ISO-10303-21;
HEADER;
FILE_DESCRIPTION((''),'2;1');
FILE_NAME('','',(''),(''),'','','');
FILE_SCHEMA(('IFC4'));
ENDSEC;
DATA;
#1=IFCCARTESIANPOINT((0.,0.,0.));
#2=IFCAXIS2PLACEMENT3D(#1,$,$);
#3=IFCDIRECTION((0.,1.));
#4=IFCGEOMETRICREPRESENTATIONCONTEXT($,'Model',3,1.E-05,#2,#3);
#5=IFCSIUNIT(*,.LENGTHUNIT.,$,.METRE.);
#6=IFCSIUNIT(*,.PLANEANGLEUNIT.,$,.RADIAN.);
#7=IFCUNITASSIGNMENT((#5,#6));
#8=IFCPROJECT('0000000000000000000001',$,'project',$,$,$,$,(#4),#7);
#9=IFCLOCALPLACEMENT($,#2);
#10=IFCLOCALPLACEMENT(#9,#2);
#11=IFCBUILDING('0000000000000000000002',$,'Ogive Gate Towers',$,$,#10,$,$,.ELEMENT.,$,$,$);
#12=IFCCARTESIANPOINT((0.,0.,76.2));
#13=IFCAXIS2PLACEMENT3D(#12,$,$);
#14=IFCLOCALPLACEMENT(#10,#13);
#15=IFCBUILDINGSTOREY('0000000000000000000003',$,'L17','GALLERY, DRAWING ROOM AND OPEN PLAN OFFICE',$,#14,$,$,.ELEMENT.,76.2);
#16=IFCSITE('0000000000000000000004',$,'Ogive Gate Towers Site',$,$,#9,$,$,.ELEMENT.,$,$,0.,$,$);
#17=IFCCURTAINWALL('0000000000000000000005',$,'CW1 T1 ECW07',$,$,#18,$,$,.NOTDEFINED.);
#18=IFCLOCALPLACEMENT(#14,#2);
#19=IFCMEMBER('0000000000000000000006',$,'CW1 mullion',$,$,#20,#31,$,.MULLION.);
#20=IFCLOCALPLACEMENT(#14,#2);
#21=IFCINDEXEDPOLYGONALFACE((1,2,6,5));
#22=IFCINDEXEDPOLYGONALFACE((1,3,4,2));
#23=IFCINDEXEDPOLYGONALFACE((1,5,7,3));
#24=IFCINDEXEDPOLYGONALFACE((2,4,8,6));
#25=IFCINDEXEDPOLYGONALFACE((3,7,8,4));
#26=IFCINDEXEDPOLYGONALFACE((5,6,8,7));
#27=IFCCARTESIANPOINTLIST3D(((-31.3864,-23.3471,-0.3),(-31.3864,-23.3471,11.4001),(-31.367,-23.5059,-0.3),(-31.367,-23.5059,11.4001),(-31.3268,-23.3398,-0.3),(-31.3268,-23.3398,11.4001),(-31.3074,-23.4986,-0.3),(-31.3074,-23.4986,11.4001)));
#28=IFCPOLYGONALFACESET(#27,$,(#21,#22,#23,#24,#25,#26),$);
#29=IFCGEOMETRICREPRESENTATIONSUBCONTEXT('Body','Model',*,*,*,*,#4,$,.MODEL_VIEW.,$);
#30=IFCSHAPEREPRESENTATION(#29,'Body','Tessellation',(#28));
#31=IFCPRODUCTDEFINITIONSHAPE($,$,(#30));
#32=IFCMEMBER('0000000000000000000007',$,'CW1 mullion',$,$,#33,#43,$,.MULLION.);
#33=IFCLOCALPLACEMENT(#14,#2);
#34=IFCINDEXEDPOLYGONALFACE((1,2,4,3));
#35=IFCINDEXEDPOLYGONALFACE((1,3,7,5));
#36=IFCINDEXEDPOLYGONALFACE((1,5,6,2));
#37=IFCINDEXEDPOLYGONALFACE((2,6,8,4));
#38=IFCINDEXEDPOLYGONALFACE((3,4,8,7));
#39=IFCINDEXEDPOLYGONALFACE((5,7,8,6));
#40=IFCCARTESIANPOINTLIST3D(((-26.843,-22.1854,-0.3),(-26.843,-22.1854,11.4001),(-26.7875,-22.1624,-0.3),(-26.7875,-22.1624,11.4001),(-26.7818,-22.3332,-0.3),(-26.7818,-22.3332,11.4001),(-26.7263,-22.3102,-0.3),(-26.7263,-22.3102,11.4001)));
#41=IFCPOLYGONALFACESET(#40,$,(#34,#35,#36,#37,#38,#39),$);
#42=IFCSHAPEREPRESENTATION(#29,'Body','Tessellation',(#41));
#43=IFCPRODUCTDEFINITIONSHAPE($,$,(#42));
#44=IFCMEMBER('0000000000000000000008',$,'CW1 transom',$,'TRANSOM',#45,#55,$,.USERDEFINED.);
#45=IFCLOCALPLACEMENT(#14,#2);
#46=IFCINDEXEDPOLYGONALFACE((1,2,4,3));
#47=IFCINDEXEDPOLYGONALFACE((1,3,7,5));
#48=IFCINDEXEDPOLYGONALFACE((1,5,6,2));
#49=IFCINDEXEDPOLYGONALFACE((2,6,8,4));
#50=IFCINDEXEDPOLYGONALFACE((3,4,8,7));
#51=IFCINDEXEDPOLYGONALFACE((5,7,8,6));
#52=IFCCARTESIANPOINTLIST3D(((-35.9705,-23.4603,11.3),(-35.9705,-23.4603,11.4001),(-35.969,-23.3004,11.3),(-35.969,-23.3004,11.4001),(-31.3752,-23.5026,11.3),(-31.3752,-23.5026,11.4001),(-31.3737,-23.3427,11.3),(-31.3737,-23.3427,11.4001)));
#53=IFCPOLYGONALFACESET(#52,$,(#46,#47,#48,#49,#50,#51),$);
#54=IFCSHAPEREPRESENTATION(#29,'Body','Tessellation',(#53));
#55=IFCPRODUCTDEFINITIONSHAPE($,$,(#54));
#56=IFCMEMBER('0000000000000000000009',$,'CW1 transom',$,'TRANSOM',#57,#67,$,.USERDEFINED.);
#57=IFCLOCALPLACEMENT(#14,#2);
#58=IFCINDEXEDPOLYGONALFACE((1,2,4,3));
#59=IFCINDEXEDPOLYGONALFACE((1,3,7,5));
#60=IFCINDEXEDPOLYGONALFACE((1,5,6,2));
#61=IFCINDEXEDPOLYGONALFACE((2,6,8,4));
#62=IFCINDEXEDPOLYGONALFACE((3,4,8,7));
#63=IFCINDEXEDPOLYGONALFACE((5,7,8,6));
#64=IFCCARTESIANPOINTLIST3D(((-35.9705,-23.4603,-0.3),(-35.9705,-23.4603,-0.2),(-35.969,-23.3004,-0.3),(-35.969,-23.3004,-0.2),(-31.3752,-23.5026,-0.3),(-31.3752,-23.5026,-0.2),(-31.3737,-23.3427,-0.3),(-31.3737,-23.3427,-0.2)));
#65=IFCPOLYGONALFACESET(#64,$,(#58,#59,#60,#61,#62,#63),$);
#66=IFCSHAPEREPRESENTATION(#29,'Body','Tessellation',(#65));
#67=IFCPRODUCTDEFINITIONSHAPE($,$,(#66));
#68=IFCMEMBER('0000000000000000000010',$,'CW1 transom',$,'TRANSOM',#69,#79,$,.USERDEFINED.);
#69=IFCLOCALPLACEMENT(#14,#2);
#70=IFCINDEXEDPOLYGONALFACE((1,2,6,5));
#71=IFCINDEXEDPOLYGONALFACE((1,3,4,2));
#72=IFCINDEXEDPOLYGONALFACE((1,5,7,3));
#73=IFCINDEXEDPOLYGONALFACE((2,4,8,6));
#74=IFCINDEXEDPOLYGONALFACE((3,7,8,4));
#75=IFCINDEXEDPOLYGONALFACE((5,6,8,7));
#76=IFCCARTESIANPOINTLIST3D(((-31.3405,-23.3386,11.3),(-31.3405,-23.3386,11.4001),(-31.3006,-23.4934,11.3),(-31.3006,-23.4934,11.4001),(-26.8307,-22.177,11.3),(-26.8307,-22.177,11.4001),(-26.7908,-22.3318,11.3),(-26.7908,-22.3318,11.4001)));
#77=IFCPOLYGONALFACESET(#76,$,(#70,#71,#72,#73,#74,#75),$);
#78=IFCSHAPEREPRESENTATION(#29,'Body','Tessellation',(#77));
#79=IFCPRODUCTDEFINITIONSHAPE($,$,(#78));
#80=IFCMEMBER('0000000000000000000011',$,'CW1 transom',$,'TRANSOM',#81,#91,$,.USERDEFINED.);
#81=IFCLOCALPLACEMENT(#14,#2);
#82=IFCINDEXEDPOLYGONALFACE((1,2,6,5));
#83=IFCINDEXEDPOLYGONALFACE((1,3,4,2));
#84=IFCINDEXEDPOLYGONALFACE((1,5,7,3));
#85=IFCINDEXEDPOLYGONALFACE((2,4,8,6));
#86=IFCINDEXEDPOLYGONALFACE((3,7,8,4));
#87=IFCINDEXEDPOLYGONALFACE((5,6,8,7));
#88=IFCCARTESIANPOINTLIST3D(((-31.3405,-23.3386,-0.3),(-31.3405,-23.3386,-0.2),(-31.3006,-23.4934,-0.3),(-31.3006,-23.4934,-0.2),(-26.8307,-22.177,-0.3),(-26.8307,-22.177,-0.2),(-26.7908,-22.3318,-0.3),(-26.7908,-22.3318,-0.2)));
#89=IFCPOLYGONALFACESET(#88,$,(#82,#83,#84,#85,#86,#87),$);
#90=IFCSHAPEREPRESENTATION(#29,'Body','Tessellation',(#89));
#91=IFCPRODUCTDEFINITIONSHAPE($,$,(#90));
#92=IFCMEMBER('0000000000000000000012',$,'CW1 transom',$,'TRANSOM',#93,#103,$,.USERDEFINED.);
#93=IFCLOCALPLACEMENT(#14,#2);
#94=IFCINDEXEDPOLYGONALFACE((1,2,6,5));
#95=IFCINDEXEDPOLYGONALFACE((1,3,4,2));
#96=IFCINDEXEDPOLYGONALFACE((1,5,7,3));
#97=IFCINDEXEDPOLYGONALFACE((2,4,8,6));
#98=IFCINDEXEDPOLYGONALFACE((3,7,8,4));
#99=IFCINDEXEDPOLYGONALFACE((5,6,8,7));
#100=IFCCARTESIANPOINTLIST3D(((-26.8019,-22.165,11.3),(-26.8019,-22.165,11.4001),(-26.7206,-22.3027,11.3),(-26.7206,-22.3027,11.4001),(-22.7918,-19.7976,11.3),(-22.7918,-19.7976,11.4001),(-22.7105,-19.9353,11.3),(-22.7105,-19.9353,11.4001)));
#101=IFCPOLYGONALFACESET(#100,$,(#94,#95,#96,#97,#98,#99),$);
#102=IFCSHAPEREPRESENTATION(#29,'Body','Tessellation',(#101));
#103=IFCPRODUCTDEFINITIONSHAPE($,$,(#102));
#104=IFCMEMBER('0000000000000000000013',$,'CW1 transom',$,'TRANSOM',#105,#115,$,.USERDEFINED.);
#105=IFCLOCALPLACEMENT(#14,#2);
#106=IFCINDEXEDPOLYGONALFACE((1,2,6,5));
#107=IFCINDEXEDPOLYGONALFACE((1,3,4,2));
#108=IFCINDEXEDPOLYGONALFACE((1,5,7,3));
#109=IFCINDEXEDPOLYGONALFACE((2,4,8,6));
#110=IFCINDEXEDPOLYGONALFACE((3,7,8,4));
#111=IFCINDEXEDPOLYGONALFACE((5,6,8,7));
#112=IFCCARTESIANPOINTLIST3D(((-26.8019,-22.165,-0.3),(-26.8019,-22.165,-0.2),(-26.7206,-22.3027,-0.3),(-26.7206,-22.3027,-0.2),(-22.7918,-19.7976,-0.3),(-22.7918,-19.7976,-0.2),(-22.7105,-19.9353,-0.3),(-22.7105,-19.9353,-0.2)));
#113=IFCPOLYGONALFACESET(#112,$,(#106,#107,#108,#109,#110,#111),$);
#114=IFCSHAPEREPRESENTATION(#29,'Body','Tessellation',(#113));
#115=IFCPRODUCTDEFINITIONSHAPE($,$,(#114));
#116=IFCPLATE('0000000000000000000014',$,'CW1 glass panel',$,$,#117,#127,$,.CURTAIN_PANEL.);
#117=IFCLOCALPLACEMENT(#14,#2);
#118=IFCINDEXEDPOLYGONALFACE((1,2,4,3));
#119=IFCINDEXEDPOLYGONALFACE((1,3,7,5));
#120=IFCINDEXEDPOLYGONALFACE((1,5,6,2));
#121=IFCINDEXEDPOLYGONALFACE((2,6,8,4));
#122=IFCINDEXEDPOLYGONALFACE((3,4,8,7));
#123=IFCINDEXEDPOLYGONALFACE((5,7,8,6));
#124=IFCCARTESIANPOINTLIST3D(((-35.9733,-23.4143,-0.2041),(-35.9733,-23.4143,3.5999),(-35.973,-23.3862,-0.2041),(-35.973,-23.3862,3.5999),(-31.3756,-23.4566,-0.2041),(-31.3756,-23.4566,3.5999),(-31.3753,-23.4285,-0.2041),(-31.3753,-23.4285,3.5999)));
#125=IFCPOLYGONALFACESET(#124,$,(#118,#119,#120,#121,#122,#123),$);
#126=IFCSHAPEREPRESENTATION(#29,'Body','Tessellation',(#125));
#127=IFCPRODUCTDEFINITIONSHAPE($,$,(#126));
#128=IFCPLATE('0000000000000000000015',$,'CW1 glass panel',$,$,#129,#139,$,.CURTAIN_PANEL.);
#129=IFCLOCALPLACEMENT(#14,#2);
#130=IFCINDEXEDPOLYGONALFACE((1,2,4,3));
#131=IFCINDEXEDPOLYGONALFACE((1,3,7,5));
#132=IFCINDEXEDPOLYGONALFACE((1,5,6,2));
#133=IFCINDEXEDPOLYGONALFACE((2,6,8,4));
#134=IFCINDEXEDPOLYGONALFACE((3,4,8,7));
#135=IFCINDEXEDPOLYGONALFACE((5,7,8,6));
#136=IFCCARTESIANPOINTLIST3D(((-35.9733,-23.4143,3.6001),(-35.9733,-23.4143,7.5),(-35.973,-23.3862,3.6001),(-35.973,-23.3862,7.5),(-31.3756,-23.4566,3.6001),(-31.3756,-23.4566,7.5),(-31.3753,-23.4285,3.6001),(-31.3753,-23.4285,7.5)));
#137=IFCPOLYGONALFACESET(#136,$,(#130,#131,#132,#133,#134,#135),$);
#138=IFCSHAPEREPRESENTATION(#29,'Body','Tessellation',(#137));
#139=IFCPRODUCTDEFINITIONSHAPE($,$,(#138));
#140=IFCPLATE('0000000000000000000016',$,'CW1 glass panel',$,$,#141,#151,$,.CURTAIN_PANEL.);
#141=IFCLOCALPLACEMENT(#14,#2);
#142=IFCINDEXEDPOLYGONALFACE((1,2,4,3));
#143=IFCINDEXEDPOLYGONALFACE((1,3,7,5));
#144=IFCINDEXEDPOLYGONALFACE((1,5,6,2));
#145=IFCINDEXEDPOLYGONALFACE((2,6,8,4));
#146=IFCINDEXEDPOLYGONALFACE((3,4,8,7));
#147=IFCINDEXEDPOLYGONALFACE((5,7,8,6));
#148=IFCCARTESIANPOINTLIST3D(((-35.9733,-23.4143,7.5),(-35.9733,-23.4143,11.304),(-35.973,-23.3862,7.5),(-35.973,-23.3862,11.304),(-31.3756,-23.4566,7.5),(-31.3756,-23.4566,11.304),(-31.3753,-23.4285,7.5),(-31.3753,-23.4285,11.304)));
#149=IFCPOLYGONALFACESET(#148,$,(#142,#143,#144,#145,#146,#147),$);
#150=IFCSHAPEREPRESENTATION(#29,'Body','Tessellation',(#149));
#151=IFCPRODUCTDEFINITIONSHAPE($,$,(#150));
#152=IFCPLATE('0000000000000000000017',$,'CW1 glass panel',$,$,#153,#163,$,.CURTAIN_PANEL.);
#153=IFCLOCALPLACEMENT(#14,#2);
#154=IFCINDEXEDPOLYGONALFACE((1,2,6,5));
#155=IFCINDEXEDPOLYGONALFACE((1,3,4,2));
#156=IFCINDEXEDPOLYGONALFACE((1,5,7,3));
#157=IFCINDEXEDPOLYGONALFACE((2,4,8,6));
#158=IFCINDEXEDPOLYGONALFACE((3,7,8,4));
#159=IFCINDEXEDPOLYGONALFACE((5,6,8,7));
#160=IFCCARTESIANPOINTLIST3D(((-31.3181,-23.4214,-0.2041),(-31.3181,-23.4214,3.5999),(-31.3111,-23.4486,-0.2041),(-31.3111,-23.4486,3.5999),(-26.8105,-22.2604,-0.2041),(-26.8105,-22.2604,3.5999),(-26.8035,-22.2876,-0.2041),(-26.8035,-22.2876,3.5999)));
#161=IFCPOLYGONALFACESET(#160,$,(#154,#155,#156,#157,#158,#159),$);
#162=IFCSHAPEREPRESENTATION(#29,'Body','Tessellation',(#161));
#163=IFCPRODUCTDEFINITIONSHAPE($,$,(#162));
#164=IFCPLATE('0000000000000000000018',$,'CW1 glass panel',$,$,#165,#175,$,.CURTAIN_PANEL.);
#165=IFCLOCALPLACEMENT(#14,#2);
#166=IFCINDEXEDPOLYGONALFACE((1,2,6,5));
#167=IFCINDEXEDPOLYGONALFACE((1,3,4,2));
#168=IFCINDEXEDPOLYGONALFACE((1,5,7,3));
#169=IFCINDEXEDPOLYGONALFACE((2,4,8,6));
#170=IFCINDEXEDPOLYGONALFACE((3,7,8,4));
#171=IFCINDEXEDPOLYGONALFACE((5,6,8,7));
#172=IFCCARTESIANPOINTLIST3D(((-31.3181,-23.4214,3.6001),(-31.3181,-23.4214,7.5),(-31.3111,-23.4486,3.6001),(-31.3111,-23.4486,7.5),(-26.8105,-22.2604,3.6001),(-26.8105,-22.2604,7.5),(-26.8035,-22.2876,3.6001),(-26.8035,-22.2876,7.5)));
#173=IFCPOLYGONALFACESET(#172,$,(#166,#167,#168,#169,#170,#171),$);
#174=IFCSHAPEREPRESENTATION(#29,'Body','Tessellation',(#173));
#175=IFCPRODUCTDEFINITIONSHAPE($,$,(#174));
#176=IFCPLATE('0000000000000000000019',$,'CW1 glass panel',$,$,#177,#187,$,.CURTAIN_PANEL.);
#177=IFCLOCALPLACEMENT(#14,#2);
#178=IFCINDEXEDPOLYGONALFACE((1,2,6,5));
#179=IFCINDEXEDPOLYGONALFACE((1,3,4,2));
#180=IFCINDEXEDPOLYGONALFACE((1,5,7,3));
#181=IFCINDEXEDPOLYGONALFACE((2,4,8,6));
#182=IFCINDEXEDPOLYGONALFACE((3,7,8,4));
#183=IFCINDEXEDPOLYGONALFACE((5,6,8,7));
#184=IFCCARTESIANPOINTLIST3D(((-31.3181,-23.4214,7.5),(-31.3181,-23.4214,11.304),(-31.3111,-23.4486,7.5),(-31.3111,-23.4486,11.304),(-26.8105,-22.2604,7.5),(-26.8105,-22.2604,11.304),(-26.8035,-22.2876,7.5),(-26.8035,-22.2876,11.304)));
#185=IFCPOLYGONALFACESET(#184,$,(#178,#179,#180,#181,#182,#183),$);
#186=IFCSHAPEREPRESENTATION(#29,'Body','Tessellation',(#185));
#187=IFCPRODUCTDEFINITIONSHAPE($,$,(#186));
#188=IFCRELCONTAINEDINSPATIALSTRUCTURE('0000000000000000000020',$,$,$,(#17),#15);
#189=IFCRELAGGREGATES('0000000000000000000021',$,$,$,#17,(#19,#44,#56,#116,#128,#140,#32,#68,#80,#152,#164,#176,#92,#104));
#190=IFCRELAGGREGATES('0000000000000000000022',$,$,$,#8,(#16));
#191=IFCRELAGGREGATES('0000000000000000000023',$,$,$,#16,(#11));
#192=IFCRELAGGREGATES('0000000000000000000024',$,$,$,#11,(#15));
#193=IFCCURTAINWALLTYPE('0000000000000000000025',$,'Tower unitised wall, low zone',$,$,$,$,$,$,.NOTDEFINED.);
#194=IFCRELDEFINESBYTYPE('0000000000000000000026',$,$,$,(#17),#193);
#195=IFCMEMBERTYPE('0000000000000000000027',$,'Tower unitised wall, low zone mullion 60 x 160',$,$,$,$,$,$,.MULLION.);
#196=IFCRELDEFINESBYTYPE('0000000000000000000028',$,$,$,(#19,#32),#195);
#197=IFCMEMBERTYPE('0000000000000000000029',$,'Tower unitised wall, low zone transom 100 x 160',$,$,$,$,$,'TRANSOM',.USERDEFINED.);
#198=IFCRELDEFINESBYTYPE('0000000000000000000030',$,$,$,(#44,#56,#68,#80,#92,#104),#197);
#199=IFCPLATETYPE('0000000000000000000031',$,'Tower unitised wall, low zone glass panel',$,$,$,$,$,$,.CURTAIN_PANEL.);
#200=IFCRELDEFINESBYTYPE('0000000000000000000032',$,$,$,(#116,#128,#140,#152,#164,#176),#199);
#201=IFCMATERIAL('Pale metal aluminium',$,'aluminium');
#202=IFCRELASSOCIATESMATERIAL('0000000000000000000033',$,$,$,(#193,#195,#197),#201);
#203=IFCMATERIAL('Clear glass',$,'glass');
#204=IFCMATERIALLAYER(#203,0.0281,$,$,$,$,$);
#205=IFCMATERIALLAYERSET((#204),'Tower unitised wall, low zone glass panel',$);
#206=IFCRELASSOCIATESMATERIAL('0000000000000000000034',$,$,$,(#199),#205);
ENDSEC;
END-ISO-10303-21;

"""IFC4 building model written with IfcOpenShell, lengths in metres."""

from ifc_helpers import new_model, si_unit, direction, frame, origin, origin_2d, place, context, subcontext, project, spatial, rectangle, extrude, material, layer, layer_set, material_profile, profile_set, type_object, element, aggregate, save


model = new_model("IFC4")

# Units and contexts
model_context = context("Model", 3, precision=1e-05, world=origin(), true_north=direction((0.0, 1.0)))
body_context = subcontext(model_context, "Body", "Model", "MODEL_VIEW")
ifc_project = project(units=[si_unit("LENGTHUNIT", "METRE"), si_unit("PLANEANGLEUNIT", "RADIAN")], contexts=[model_context])

# Site, building, storey
site_placement = place(None, origin())
site = spatial("IfcSite", under=ifc_project, at=site_placement, Name="Ogive Gate Towers Site", CompositionType="ELEMENT", RefElevation=0.0)
building_placement = place(site_placement, origin())
building = spatial("IfcBuilding", under=site, at=building_placement, Name="Ogive Gate Towers", CompositionType="ELEMENT")
storey_placement = place(building_placement, frame((0.0, 0.0, 76.2)))
storey = spatial("IfcBuildingStorey", under=building, at=storey_placement, Name="L17", Description="GALLERY, DRAWING ROOM AND OPEN PLAN OFFICE", CompositionType="ELEMENT", Elevation=76.2)

# Curtain wall, members, plates
ifc_material_1 = material(Name="Pale metal aluminium", Category="aluminium")
curtain_wall_type = type_object("IfcCurtainWallType", Name="Tower unitised wall, low zone", PredefinedType="NOTDEFINED", material=ifc_material_1)
curtain_wall_placement = place(storey_placement, origin())
curtain_wall = element("IfcCurtainWall", 1, at=curtain_wall_placement, inside=storey, type_object=curtain_wall_type, Name="CW1 T1 ECW07", PredefinedType="NOTDEFINED")
ifc_material_profile_1 = material_profile(ifc_material_1, rectangle(XDim=0.1599, YDim=0.0601, at=origin_2d()), Name="60 x 160 aluminium box")
ifc_profile_set_1 = profile_set([ifc_material_profile_1], Name="Pale metal aluminium")
member_type_1 = type_object("IfcMemberType", Name="Tower unitised wall, low zone mullion 60 x 160", PredefinedType="MULLION", material=ifc_profile_set_1)
member_1_placement = place(storey_placement, frame((-31.3469, -23.4229, -0.3), z_axis=(0.0, 0.0, 1.0), x_axis=(0.121142, -0.992635, 0.0)))
member_1 = element("IfcMember", 2, at=member_1_placement, type_object=member_type_1, Name="CW1 mullion", PredefinedType="MULLION", context=body_context, shape_type="SweptSolid", body=[
    extrude(rectangle(XDim=0.1599, YDim=0.0601, at=origin_2d()), origin(), (0.0, 0.0, 1.0), 11.7002),
])
member_2_placement = place(storey_placement, frame((-26.7847, -22.2478, -0.3), z_axis=(0.0, 0.0, 1.0), x_axis=(0.382683, -0.92388, 0.0)))
member_2 = element("IfcMember", 3, at=member_2_placement, type_object=member_type_1, Name="CW1 mullion", PredefinedType="MULLION", context=body_context, shape_type="SweptSolid", body=[
    extrude(rectangle(XDim=0.1599, YDim=0.0601, at=origin_2d()), origin(), (0.0, 0.0, 1.0), 11.7002),
])
ifc_material_profile_2 = material_profile(ifc_material_1, rectangle(XDim=0.1599, YDim=0.1001, at=origin_2d()), Name="100 x 160 aluminium box")
ifc_profile_set_2 = profile_set([ifc_material_profile_2], Name="Pale metal aluminium")
member_type_2 = type_object("IfcMemberType", Name="Tower unitised wall, low zone transom 100 x 160", ElementType="TRANSOM", PredefinedType="USERDEFINED", material=ifc_profile_set_2)
member_3_placement = place(storey_placement, frame((-35.9697, -23.3804, 11.3501), z_axis=(0.999958, -0.009191, 0.0), x_axis=(0.009191, 0.999958, 0.0)))
member_3 = element("IfcMember", 4, at=member_3_placement, type_object=member_type_2, Name="CW1 transom", ObjectType="TRANSOM", PredefinedType="USERDEFINED", context=body_context, shape_type="SweptSolid", body=[
    extrude(rectangle(XDim=0.1599, YDim=0.1001, at=origin_2d()), origin(), (0.0, 0.0, 1.0), 4.5955),
])
member_4_placement = place(storey_placement, frame((-35.9697, -23.3804, -0.25), z_axis=(0.999958, -0.009191, 0.0), x_axis=(0.009191, 0.999958, 0.0)))
member_4 = element("IfcMember", 5, at=member_4_placement, type_object=member_type_2, Name="CW1 transom", ObjectType="TRANSOM", PredefinedType="USERDEFINED", context=body_context, shape_type="SweptSolid", body=[
    extrude(rectangle(XDim=0.1599, YDim=0.1001, at=origin_2d()), origin(), (0.0, 0.0, 1.0), 4.5955),
])
member_5_placement = place(storey_placement, frame((-31.3206, -23.416, 11.3501), z_axis=(0.968391, 0.249437, 0.0), x_axis=(-0.249437, 0.968391, 0.0)))
member_5 = element("IfcMember", 6, at=member_5_placement, type_object=member_type_2, Name="CW1 transom", ObjectType="TRANSOM", PredefinedType="USERDEFINED", context=body_context, shape_type="SweptSolid", body=[
    extrude(rectangle(XDim=0.1599, YDim=0.1001, at=origin_2d()), origin(), (0.0, 0.0, 1.0), 4.657),
])
member_6_placement = place(storey_placement, frame((-31.3206, -23.416, -0.25), z_axis=(0.968391, 0.249437, 0.0), x_axis=(-0.249437, 0.968391, 0.0)))
member_6 = element("IfcMember", 7, at=member_6_placement, type_object=member_type_2, Name="CW1 transom", ObjectType="TRANSOM", PredefinedType="USERDEFINED", context=body_context, shape_type="SweptSolid", body=[
    extrude(rectangle(XDim=0.1599, YDim=0.1001, at=origin_2d()), origin(), (0.0, 0.0, 1.0), 4.657),
])
member_7_placement = place(storey_placement, frame((-26.7612, -22.2339, 11.3501), z_axis=(0.861126, 0.508392, 0.0), x_axis=(-0.508392, 0.861126, 0.0)))
member_7 = element("IfcMember", 8, at=member_7_placement, type_object=member_type_2, Name="CW1 transom", ObjectType="TRANSOM", PredefinedType="USERDEFINED", context=body_context, shape_type="SweptSolid", body=[
    extrude(rectangle(XDim=0.1599, YDim=0.1001, at=origin_2d()), origin(), (0.0, 0.0, 1.0), 4.6567),
])
member_8_placement = place(storey_placement, frame((-26.7612, -22.2339, -0.25), z_axis=(0.861126, 0.508392, 0.0), x_axis=(-0.508392, 0.861126, 0.0)))
member_8 = element("IfcMember", 9, at=member_8_placement, type_object=member_type_2, Name="CW1 transom", ObjectType="TRANSOM", PredefinedType="USERDEFINED", context=body_context, shape_type="SweptSolid", body=[
    extrude(rectangle(XDim=0.1599, YDim=0.1001, at=origin_2d()), origin(), (0.0, 0.0, 1.0), 4.6567),
])
ifc_material_2 = material(Name="Clear glass", Category="glass")
ifc_layer_1 = layer(ifc_material_2, 0.0281)
ifc_layer_set_1 = layer_set([ifc_layer_1], Name="Tower unitised wall, low zone glass panel")
plate_type = type_object("IfcPlateType", Name="Tower unitised wall, low zone glass panel", PredefinedType="CURTAIN_PANEL", material=ifc_layer_set_1)
plate_1_placement = place(storey_placement, frame((-33.6743, -23.4214, -0.2041), z_axis=(0.0, 0.0, 1.0), x_axis=(0.999958, -0.009198, 0.0)))
plate_1 = element("IfcPlate", 10, at=plate_1_placement, type_object=plate_type, Name="CW1 glass panel", PredefinedType="CURTAIN_PANEL", context=body_context, shape_type="SweptSolid", body=[
    extrude(rectangle(XDim=4.5979, YDim=0.0281, at=origin_2d()), origin(), (0.0, 0.0, 1.0), 3.804),
])
plate_2_placement = place(storey_placement, frame((-33.6743, -23.4214, 3.6001), z_axis=(0.0, 0.0, 1.0), x_axis=(0.999958, -0.009198, 0.0)))
plate_2 = element("IfcPlate", 11, at=plate_2_placement, type_object=plate_type, Name="CW1 glass panel", PredefinedType="CURTAIN_PANEL", context=body_context, shape_type="SweptSolid", body=[
    extrude(rectangle(XDim=4.5979, YDim=0.0281, at=origin_2d()), origin(), (0.0, 0.0, 1.0), 3.8999),
])
plate_3_placement = place(storey_placement, frame((-33.6743, -23.4214, 7.5), z_axis=(0.0, 0.0, 1.0), x_axis=(0.999958, -0.009198, 0.0)))
plate_3 = element("IfcPlate", 12, at=plate_3_placement, type_object=plate_type, Name="CW1 glass panel", PredefinedType="CURTAIN_PANEL", context=body_context, shape_type="SweptSolid", body=[
    extrude(rectangle(XDim=4.5979, YDim=0.0281, at=origin_2d()), origin(), (0.0, 0.0, 1.0), 3.804),
])
plate_4_placement = place(storey_placement, frame((-29.0608, -22.8545, -0.2041), z_axis=(0.0, 0.0, 1.0), x_axis=(0.968396, 0.249417, 0.0)))
plate_4 = element("IfcPlate", 13, at=plate_4_placement, type_object=plate_type, Name="CW1 glass panel", PredefinedType="CURTAIN_PANEL", context=body_context, shape_type="SweptSolid", body=[
    extrude(rectangle(XDim=4.6548, YDim=0.0281, at=origin_2d()), origin(), (0.0, 0.0, 1.0), 3.804),
])
plate_5_placement = place(storey_placement, frame((-29.0608, -22.8545, 3.6001), z_axis=(0.0, 0.0, 1.0), x_axis=(0.968396, 0.249417, 0.0)))
plate_5 = element("IfcPlate", 14, at=plate_5_placement, type_object=plate_type, Name="CW1 glass panel", PredefinedType="CURTAIN_PANEL", context=body_context, shape_type="SweptSolid", body=[
    extrude(rectangle(XDim=4.6548, YDim=0.0281, at=origin_2d()), origin(), (0.0, 0.0, 1.0), 3.8999),
])
plate_6_placement = place(storey_placement, frame((-29.0608, -22.8545, 7.5), z_axis=(0.0, 0.0, 1.0), x_axis=(0.968396, 0.249417, 0.0)))
plate_6 = element("IfcPlate", 15, at=plate_6_placement, type_object=plate_type, Name="CW1 glass panel", PredefinedType="CURTAIN_PANEL", context=body_context, shape_type="SweptSolid", body=[
    extrude(rectangle(XDim=4.6548, YDim=0.0281, at=origin_2d()), origin(), (0.0, 0.0, 1.0), 3.804),
])
aggregate(curtain_wall, [member_1, member_3, member_4, plate_1, plate_2, plate_3, member_2, member_5, member_6, plate_4, plate_5, plate_6, member_7, member_8])

save(model, "model.ifc")
